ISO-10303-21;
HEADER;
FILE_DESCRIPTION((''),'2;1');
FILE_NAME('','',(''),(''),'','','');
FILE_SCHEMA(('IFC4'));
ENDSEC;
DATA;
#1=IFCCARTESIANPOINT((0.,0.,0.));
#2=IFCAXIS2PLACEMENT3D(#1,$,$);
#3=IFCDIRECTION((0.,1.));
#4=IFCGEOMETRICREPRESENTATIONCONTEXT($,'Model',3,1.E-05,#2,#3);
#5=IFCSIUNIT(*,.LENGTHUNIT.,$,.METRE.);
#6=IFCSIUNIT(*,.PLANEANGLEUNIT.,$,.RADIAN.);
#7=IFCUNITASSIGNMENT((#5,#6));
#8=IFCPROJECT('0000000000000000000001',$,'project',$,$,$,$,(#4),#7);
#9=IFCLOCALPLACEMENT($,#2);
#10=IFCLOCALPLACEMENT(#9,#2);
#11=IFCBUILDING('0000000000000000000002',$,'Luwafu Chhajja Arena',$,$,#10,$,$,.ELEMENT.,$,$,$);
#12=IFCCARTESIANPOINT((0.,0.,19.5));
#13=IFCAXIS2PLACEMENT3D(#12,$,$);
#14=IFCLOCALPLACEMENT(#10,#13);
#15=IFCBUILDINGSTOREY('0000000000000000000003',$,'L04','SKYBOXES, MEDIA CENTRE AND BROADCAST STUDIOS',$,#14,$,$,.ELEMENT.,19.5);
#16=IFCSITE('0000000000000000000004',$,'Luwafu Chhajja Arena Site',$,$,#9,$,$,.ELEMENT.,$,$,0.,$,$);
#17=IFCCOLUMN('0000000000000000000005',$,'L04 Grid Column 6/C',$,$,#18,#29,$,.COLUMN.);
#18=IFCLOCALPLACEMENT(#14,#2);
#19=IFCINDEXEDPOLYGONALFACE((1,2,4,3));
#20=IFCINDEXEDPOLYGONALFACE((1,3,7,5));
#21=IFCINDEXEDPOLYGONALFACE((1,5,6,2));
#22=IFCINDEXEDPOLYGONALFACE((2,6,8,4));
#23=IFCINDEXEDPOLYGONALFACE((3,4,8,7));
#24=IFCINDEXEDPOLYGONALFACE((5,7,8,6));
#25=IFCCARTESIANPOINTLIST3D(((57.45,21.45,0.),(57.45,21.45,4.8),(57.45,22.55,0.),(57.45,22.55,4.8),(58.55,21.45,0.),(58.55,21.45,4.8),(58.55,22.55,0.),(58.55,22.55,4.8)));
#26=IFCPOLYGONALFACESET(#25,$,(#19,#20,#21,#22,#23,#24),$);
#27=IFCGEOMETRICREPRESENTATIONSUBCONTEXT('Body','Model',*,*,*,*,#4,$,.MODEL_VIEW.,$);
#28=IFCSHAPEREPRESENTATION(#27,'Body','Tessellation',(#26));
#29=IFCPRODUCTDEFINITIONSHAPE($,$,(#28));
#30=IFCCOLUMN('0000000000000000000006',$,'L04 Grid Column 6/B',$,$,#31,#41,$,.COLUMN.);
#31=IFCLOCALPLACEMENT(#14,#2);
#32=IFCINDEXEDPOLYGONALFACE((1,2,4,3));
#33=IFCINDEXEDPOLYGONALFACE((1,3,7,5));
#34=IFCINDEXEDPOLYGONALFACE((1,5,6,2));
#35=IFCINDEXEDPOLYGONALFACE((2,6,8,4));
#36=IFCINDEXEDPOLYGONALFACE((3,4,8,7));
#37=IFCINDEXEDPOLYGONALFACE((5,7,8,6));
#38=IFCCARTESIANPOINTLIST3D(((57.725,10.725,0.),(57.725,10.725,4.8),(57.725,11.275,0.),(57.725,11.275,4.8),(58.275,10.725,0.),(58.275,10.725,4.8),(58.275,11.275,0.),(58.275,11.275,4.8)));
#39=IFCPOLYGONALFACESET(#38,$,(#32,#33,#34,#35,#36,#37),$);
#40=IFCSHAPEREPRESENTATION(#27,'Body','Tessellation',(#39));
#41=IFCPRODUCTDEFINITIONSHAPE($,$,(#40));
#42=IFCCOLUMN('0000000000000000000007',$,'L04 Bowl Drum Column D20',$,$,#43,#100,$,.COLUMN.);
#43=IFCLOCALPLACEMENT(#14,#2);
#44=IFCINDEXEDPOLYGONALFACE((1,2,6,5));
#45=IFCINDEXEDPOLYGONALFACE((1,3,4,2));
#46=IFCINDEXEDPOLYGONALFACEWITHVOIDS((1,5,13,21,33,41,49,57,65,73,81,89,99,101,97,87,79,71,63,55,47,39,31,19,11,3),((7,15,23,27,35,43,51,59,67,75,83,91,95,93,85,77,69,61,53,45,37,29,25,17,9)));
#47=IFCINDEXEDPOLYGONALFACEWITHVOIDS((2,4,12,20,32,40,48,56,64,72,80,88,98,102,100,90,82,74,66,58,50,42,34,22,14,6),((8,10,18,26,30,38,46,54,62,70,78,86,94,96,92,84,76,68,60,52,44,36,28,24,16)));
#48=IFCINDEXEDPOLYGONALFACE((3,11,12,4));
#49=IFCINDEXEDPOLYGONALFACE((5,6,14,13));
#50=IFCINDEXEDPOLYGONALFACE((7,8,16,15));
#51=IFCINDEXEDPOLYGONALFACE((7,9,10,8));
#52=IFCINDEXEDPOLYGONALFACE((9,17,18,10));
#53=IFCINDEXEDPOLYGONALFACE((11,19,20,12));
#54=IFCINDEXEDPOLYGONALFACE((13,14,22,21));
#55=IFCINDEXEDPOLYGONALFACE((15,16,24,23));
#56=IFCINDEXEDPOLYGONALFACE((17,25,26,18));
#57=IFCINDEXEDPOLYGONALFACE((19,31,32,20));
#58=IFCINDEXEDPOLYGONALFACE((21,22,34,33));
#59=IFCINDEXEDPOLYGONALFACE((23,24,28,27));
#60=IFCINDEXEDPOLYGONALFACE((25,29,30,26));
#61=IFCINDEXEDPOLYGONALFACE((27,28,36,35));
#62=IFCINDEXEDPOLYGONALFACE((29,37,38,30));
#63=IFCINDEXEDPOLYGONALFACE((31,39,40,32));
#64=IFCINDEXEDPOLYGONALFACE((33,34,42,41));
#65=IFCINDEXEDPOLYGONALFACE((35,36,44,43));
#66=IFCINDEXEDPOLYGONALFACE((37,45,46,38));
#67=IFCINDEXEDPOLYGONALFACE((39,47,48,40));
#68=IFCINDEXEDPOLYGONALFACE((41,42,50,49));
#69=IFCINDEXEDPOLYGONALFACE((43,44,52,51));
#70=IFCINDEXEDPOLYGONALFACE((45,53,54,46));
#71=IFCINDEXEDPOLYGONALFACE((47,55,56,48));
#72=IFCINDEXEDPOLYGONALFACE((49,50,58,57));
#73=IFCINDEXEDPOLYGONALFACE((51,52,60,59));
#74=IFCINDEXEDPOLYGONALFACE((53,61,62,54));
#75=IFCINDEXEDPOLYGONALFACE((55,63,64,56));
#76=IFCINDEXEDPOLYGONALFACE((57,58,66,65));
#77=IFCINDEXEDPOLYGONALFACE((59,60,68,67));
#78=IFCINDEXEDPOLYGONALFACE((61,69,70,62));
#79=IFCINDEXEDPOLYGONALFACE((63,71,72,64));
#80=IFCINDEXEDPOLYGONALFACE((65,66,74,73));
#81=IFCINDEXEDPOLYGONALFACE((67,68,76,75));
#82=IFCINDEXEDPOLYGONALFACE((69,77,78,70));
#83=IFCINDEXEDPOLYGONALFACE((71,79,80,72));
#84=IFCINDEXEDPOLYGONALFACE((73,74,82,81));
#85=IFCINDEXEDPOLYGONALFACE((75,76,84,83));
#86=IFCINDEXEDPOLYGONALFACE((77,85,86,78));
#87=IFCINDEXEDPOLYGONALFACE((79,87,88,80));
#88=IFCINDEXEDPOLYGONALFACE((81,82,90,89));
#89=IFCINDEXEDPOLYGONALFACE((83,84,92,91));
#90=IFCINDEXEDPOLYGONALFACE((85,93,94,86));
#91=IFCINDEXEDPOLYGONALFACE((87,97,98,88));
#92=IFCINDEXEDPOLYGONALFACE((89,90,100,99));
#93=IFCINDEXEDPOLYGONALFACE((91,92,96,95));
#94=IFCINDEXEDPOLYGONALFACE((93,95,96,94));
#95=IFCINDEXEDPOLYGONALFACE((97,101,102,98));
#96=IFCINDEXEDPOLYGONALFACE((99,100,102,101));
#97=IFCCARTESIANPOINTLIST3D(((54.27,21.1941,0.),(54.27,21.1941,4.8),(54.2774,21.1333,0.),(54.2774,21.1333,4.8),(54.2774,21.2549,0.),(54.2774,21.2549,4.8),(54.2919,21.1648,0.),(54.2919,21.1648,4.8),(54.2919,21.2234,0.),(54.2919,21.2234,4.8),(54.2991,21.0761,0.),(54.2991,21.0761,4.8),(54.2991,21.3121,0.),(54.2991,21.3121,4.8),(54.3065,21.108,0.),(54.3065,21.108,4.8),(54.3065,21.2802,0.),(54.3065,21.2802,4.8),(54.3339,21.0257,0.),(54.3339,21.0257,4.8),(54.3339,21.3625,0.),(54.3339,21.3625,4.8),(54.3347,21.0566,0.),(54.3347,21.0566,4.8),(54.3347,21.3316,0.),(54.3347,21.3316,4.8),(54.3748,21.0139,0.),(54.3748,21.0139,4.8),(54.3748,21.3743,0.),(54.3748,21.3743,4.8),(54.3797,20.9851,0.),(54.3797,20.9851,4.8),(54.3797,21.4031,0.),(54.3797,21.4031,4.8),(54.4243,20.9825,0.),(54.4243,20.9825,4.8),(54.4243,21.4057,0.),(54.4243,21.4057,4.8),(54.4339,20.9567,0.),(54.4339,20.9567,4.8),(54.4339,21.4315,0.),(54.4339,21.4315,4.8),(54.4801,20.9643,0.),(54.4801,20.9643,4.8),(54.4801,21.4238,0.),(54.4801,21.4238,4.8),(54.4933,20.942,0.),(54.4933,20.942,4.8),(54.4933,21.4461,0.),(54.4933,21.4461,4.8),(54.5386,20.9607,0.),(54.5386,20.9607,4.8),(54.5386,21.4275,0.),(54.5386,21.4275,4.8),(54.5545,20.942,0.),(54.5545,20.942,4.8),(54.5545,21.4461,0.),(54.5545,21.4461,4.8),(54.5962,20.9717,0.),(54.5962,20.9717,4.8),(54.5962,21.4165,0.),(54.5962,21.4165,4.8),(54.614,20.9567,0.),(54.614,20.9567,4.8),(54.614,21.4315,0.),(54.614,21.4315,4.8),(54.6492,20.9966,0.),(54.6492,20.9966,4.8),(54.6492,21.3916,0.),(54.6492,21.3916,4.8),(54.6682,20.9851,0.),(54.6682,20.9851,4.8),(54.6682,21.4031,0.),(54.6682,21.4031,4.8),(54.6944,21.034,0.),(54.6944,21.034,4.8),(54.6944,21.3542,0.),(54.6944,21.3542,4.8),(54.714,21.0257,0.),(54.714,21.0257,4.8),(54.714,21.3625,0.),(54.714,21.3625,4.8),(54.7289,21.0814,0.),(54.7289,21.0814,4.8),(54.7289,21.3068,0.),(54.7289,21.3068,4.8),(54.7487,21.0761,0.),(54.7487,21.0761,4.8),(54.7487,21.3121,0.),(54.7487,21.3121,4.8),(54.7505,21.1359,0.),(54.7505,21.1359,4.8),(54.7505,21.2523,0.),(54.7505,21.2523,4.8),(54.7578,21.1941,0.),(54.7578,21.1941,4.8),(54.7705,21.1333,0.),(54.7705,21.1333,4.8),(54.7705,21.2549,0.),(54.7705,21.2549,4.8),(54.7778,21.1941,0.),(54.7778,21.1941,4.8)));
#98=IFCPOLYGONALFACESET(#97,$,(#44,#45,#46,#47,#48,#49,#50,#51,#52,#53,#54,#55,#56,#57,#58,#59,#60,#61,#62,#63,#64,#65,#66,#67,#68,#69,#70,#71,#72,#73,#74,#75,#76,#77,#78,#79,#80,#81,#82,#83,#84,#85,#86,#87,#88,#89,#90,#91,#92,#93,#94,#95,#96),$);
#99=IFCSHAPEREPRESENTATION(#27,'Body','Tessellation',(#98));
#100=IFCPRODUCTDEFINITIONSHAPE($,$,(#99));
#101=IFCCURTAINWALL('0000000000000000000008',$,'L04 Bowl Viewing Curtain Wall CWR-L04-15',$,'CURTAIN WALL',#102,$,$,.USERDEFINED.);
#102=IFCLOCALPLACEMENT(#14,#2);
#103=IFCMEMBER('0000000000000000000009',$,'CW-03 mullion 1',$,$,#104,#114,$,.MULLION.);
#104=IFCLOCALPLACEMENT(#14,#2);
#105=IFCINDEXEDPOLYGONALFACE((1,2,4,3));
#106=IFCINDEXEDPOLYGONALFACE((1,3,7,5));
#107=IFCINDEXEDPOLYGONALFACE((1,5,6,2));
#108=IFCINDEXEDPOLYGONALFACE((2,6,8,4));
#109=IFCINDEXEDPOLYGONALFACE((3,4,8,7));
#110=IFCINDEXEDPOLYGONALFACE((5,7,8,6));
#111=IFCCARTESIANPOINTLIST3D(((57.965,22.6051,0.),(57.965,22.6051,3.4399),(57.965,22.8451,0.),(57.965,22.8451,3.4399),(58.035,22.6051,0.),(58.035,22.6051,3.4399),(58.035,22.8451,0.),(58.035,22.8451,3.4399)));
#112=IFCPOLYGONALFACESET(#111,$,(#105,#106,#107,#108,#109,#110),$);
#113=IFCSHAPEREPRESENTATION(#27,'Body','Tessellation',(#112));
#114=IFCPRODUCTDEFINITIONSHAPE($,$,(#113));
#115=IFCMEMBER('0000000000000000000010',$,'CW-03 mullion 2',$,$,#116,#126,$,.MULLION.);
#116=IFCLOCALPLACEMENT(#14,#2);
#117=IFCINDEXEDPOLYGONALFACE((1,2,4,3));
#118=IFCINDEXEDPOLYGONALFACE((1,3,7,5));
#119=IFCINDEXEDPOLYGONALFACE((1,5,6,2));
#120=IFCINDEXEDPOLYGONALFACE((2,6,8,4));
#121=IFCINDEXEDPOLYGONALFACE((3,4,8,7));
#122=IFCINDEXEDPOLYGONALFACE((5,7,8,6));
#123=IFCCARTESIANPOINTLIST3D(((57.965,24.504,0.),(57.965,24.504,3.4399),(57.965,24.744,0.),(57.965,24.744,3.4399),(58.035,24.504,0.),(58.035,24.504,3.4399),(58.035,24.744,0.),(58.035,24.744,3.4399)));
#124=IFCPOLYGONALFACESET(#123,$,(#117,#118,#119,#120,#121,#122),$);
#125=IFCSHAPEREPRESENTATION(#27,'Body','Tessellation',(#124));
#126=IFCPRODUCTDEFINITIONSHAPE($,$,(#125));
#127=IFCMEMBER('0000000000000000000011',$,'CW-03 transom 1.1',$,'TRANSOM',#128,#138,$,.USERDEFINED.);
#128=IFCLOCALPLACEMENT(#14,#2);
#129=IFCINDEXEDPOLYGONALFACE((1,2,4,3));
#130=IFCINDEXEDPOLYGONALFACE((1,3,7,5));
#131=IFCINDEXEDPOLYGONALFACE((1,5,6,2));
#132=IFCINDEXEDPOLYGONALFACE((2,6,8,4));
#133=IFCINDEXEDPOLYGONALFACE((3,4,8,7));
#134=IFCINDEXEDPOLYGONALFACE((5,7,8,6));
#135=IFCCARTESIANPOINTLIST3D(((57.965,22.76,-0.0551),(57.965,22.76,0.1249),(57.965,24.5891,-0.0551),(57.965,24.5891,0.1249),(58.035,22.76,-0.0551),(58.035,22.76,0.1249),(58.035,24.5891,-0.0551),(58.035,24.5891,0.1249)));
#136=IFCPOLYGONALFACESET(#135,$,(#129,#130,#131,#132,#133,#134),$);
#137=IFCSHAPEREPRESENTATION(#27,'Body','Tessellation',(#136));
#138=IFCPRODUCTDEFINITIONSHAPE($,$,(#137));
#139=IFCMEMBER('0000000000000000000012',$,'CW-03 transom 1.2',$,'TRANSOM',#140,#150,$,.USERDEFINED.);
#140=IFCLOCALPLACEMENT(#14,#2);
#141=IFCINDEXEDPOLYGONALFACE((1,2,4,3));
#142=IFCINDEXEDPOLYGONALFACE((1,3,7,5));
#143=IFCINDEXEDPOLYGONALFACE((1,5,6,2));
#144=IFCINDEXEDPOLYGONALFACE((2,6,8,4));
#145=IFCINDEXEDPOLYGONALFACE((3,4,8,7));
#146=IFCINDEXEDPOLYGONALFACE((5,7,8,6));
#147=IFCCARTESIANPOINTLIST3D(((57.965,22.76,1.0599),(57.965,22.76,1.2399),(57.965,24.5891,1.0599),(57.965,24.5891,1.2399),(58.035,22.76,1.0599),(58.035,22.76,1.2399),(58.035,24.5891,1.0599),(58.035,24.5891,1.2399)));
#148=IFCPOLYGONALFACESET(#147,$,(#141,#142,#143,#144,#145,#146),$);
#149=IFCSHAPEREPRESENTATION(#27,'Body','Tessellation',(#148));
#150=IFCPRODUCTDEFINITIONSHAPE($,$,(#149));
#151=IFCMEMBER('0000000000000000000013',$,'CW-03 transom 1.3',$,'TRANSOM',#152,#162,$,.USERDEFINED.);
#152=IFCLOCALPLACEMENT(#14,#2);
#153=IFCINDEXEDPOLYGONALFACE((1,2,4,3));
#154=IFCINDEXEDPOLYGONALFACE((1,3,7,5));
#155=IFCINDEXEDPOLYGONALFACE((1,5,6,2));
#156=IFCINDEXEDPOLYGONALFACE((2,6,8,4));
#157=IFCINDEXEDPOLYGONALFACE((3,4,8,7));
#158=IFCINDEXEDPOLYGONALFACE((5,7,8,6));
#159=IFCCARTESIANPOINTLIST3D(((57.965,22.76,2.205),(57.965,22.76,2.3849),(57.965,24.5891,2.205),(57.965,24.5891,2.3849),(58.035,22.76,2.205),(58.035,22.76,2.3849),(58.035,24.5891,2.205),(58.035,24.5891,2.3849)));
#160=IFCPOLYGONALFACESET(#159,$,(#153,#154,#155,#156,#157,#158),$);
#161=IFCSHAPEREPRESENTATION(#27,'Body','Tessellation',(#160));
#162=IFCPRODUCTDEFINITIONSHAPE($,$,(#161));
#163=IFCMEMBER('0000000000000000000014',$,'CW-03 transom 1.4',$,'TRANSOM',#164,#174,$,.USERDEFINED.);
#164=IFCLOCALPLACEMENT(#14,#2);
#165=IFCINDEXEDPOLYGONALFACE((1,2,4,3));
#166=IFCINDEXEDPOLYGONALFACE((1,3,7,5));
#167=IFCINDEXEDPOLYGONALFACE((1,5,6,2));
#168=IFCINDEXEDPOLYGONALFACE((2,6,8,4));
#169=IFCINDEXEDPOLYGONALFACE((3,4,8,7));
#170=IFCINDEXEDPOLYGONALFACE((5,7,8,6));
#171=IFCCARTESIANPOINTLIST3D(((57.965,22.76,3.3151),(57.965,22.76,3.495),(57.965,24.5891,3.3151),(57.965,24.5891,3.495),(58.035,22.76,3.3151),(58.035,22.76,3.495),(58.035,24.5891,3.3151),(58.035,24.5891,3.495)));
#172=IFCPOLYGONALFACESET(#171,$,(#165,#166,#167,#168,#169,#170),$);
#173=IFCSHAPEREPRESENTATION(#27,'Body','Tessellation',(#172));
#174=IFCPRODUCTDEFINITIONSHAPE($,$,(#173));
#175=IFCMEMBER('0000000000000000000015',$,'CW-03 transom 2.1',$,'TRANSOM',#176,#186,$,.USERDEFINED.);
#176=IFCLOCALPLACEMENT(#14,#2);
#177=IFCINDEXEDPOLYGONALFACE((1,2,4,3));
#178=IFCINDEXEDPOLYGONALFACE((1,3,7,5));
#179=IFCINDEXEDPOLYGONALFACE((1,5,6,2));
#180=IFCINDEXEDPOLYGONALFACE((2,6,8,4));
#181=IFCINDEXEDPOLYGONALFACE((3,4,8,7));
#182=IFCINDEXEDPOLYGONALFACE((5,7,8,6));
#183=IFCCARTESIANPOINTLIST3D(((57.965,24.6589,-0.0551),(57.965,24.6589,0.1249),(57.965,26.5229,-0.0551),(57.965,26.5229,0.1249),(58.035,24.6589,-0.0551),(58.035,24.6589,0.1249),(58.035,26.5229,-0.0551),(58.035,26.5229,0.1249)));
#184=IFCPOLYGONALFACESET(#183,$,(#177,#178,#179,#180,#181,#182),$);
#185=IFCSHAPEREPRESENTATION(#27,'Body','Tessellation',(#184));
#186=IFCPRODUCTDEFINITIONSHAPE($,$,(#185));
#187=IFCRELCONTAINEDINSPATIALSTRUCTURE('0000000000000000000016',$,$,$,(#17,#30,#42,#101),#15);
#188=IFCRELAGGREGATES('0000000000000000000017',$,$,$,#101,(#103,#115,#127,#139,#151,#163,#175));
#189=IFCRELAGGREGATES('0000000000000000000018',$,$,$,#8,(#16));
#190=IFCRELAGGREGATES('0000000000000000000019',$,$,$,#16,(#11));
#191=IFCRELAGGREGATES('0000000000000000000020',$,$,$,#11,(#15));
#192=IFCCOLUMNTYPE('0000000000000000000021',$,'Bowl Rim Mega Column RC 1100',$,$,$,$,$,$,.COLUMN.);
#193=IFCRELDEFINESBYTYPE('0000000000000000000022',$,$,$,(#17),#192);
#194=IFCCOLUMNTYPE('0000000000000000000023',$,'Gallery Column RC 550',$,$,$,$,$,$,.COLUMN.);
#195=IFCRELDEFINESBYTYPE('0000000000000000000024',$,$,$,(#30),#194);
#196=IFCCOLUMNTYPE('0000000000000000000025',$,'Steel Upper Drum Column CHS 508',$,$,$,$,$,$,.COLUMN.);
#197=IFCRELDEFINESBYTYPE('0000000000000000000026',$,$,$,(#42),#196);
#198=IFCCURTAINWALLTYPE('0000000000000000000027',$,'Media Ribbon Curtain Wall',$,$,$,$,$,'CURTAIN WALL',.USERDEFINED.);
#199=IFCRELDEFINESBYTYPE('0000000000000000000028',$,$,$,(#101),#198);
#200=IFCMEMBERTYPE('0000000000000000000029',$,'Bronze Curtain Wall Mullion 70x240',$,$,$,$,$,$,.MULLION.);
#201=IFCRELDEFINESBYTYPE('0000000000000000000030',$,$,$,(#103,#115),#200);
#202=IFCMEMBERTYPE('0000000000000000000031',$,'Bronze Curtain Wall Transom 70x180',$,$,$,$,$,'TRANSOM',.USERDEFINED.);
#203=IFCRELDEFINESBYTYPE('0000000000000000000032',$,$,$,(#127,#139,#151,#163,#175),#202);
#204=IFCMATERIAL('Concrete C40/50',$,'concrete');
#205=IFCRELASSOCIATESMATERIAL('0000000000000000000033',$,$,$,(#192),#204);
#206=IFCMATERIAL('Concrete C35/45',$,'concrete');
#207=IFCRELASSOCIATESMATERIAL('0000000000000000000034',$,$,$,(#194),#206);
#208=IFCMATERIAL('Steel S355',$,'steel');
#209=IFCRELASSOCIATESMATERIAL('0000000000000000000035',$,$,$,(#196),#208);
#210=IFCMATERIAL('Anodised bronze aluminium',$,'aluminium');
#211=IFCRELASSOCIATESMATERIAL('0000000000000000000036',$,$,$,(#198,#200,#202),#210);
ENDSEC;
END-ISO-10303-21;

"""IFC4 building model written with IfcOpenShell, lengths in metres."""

from ifc_helpers import new_model, si_unit, direction, frame, origin, origin_2d, place, context, subcontext, project, spatial, rectangle, hollow_circle, extrude, material, material_profile, profile_set, type_object, element, aggregate, save


model = new_model("IFC4")

# Units and contexts
model_context = context("Model", 3, precision=1e-05, world=origin(), true_north=direction((0.0, 1.0)))
body_context = subcontext(model_context, "Body", "Model", "MODEL_VIEW")
ifc_project = project(units=[si_unit("LENGTHUNIT", "METRE"), si_unit("PLANEANGLEUNIT", "RADIAN")], contexts=[model_context])

# Site, building, storey
site_placement = place(None, origin())
site = spatial("IfcSite", under=ifc_project, at=site_placement, Name="Luwafu Chhajja Arena Site", CompositionType="ELEMENT", RefElevation=0.0)
building_placement = place(site_placement, origin())
building = spatial("IfcBuilding", under=site, at=building_placement, Name="Luwafu Chhajja Arena", CompositionType="ELEMENT")
storey_placement = place(building_placement, frame((0.0, 0.0, 19.5)))
storey = spatial("IfcBuildingStorey", under=building, at=storey_placement, Name="L04", Description="SKYBOXES, MEDIA CENTRE AND BROADCAST STUDIOS", CompositionType="ELEMENT", Elevation=19.5)

# Columns
ifc_material_1 = material(Name="Concrete C40/50", Category="concrete")
ifc_material_profile_1 = material_profile(ifc_material_1, rectangle(XDim=1.1001, YDim=1.1001, at=origin_2d()), Name="RC 1100x1100")
ifc_profile_set_1 = profile_set([ifc_material_profile_1], Name="Concrete C40/50")
column_type_1 = type_object("IfcColumnType", Name="Bowl Rim Mega Column RC 1100", PredefinedType="COLUMN", material=ifc_profile_set_1)
column_1_placement = place(storey_placement, frame((58.0, 22.0, 0.0), z_axis=(0.0, 0.0, 1.0), x_axis=(1.0, 0.0, 0.0)))
element("IfcColumn", 1, at=column_1_placement, inside=storey, type_object=column_type_1, Name="L04 Grid Column 6/C", PredefinedType="COLUMN", context=body_context, shape_type="SweptSolid", body=[
    extrude(rectangle(XDim=1.1001, YDim=1.1001, at=origin_2d()), origin(), (0.0, 0.0, 1.0), 4.8),
])
ifc_material_2 = material(Name="Concrete C35/45", Category="concrete")
ifc_material_profile_2 = material_profile(ifc_material_2, rectangle(XDim=0.55, YDim=0.55, at=origin_2d()), Name="RC 550x550")
ifc_profile_set_2 = profile_set([ifc_material_profile_2], Name="Concrete C35/45")
column_type_2 = type_object("IfcColumnType", Name="Gallery Column RC 550", PredefinedType="COLUMN", material=ifc_profile_set_2)
column_2_placement = place(storey_placement, frame((58.0, 11.0, 0.0), z_axis=(0.0, 0.0, 1.0), x_axis=(1.0, 0.0, 0.0)))
element("IfcColumn", 2, at=column_2_placement, inside=storey, type_object=column_type_2, Name="L04 Grid Column 6/B", PredefinedType="COLUMN", context=body_context, shape_type="SweptSolid", body=[
    extrude(rectangle(XDim=0.55, YDim=0.55, at=origin_2d()), origin(), (0.0, 0.0, 1.0), 4.8),
])
ifc_material_3 = material(Name="Steel S355", Category="steel")
ifc_material_profile_3 = material_profile(ifc_material_3, hollow_circle(Radius=0.2539, WallThickness=0.02, at=origin_2d()), Name="CHS 508x20")
ifc_profile_set_3 = profile_set([ifc_material_profile_3], Name="Steel S355")
column_type_3 = type_object("IfcColumnType", Name="Steel Upper Drum Column CHS 508", PredefinedType="COLUMN", material=ifc_profile_set_3)
column_3_placement = place(storey_placement, frame((54.5239, 21.1941, 0.0), z_axis=(0.0, 0.0, 1.0), x_axis=(1.0, 0.0, 0.0)))
element("IfcColumn", 3, at=column_3_placement, inside=storey, type_object=column_type_3, Name="L04 Bowl Drum Column D20", PredefinedType="COLUMN", context=body_context, shape_type="SweptSolid", body=[
    extrude(hollow_circle(Radius=0.2539, WallThickness=0.02, at=origin_2d()), origin(), (0.0, 0.0, 1.0), 4.8),
])

# Curtain wall, members
ifc_material_4 = material(Name="Anodised bronze aluminium", Category="aluminium")
curtain_wall_type = type_object("IfcCurtainWallType", Name="Media Ribbon Curtain Wall", ElementType="CURTAIN WALL", PredefinedType="USERDEFINED", material=ifc_material_4)
curtain_wall_placement = place(storey_placement, origin())
curtain_wall = element("IfcCurtainWall", 4, at=curtain_wall_placement, inside=storey, type_object=curtain_wall_type, Name="L04 Bowl Viewing Curtain Wall CWR-L04-15", ObjectType="CURTAIN WALL", PredefinedType="USERDEFINED")
ifc_material_profile_4 = material_profile(ifc_material_4, rectangle(XDim=0.0701, YDim=0.24, at=origin_2d()), Name="CWM 70x240")
ifc_profile_set_4 = profile_set([ifc_material_profile_4], Name="Anodised bronze aluminium")
member_type_1 = type_object("IfcMemberType", Name="Bronze Curtain Wall Mullion 70x240", PredefinedType="MULLION", material=ifc_profile_set_4)
member_1_placement = place(storey_placement, frame((58.0, 22.7251, 0.0), z_axis=(0.0, 0.0, 1.0), x_axis=(-1.0, 0.0, 0.0)))
member_1 = element("IfcMember", 5, at=member_1_placement, type_object=member_type_1, Name="CW-03 mullion 1", PredefinedType="MULLION", context=body_context, shape_type="SweptSolid", body=[
    extrude(rectangle(XDim=0.0701, YDim=0.24, at=origin_2d()), origin(), (0.0, 0.0, 1.0), 3.4399),
])
member_2_placement = place(storey_placement, frame((58.0, 24.624, 0.0), z_axis=(0.0, 0.0, 1.0), x_axis=(-1.0, 0.0, 0.0)))
member_2 = element("IfcMember", 6, at=member_2_placement, type_object=member_type_1, Name="CW-03 mullion 2", PredefinedType="MULLION", context=body_context, shape_type="SweptSolid", body=[
    extrude(rectangle(XDim=0.0701, YDim=0.24, at=origin_2d()), origin(), (0.0, 0.0, 1.0), 3.4399),
])
ifc_material_profile_5 = material_profile(ifc_material_4, rectangle(XDim=0.0701, YDim=0.1799, at=origin_2d()), Name="CWT 70x180")
ifc_profile_set_5 = profile_set([ifc_material_profile_5], Name="Anodised bronze aluminium")
member_type_2 = type_object("IfcMemberType", Name="Bronze Curtain Wall Transom 70x180", ElementType="TRANSOM", PredefinedType="USERDEFINED", material=ifc_profile_set_5)
member_3_placement = place(storey_placement, frame((58.0, 22.76, 0.0349), z_axis=(0.0, 1.0, 0.0), x_axis=(-1.0, 0.0, 0.0)))
member_3 = element("IfcMember", 7, at=member_3_placement, type_object=member_type_2, Name="CW-03 transom 1.1", ObjectType="TRANSOM", PredefinedType="USERDEFINED", context=body_context, shape_type="SweptSolid", body=[
    extrude(rectangle(XDim=0.0701, YDim=0.1799, at=origin_2d()), origin(), (0.0, 0.0, 1.0), 1.8291),
])
member_4_placement = place(storey_placement, frame((58.0, 22.76, 1.1499), z_axis=(0.0, 1.0, 0.0), x_axis=(-1.0, 0.0, 0.0)))
member_4 = element("IfcMember", 8, at=member_4_placement, type_object=member_type_2, Name="CW-03 transom 1.2", ObjectType="TRANSOM", PredefinedType="USERDEFINED", context=body_context, shape_type="SweptSolid", body=[
    extrude(rectangle(XDim=0.0701, YDim=0.1799, at=origin_2d()), origin(), (0.0, 0.0, 1.0), 1.8291),
])
member_5_placement = place(storey_placement, frame((58.0, 22.76, 2.2949), z_axis=(0.0, 1.0, 0.0), x_axis=(-1.0, 0.0, 0.0)))
member_5 = element("IfcMember", 9, at=member_5_placement, type_object=member_type_2, Name="CW-03 transom 1.3", ObjectType="TRANSOM", PredefinedType="USERDEFINED", context=body_context, shape_type="SweptSolid", body=[
    extrude(rectangle(XDim=0.0701, YDim=0.1799, at=origin_2d()), origin(), (0.0, 0.0, 1.0), 1.8291),
])
member_6_placement = place(storey_placement, frame((58.0, 22.76, 3.405), z_axis=(0.0, 1.0, 0.0), x_axis=(-1.0, 0.0, 0.0)))
member_6 = element("IfcMember", 10, at=member_6_placement, type_object=member_type_2, Name="CW-03 transom 1.4", ObjectType="TRANSOM", PredefinedType="USERDEFINED", context=body_context, shape_type="SweptSolid", body=[
    extrude(rectangle(XDim=0.0701, YDim=0.1799, at=origin_2d()), origin(), (0.0, 0.0, 1.0), 1.8291),
])
member_7_placement = place(storey_placement, frame((58.0, 24.6589, 0.0349), z_axis=(0.0, 1.0, 0.0), x_axis=(-1.0, 0.0, 0.0)))
member_7 = element("IfcMember", 11, at=member_7_placement, type_object=member_type_2, Name="CW-03 transom 2.1", ObjectType="TRANSOM", PredefinedType="USERDEFINED", context=body_context, shape_type="SweptSolid", body=[
    extrude(rectangle(XDim=0.0701, YDim=0.1799, at=origin_2d()), origin(), (0.0, 0.0, 1.0), 1.864),
])

aggregate(curtain_wall, [member_1, member_2, member_3, member_4, member_5, member_6, member_7])

save(model, "model.ifc")
